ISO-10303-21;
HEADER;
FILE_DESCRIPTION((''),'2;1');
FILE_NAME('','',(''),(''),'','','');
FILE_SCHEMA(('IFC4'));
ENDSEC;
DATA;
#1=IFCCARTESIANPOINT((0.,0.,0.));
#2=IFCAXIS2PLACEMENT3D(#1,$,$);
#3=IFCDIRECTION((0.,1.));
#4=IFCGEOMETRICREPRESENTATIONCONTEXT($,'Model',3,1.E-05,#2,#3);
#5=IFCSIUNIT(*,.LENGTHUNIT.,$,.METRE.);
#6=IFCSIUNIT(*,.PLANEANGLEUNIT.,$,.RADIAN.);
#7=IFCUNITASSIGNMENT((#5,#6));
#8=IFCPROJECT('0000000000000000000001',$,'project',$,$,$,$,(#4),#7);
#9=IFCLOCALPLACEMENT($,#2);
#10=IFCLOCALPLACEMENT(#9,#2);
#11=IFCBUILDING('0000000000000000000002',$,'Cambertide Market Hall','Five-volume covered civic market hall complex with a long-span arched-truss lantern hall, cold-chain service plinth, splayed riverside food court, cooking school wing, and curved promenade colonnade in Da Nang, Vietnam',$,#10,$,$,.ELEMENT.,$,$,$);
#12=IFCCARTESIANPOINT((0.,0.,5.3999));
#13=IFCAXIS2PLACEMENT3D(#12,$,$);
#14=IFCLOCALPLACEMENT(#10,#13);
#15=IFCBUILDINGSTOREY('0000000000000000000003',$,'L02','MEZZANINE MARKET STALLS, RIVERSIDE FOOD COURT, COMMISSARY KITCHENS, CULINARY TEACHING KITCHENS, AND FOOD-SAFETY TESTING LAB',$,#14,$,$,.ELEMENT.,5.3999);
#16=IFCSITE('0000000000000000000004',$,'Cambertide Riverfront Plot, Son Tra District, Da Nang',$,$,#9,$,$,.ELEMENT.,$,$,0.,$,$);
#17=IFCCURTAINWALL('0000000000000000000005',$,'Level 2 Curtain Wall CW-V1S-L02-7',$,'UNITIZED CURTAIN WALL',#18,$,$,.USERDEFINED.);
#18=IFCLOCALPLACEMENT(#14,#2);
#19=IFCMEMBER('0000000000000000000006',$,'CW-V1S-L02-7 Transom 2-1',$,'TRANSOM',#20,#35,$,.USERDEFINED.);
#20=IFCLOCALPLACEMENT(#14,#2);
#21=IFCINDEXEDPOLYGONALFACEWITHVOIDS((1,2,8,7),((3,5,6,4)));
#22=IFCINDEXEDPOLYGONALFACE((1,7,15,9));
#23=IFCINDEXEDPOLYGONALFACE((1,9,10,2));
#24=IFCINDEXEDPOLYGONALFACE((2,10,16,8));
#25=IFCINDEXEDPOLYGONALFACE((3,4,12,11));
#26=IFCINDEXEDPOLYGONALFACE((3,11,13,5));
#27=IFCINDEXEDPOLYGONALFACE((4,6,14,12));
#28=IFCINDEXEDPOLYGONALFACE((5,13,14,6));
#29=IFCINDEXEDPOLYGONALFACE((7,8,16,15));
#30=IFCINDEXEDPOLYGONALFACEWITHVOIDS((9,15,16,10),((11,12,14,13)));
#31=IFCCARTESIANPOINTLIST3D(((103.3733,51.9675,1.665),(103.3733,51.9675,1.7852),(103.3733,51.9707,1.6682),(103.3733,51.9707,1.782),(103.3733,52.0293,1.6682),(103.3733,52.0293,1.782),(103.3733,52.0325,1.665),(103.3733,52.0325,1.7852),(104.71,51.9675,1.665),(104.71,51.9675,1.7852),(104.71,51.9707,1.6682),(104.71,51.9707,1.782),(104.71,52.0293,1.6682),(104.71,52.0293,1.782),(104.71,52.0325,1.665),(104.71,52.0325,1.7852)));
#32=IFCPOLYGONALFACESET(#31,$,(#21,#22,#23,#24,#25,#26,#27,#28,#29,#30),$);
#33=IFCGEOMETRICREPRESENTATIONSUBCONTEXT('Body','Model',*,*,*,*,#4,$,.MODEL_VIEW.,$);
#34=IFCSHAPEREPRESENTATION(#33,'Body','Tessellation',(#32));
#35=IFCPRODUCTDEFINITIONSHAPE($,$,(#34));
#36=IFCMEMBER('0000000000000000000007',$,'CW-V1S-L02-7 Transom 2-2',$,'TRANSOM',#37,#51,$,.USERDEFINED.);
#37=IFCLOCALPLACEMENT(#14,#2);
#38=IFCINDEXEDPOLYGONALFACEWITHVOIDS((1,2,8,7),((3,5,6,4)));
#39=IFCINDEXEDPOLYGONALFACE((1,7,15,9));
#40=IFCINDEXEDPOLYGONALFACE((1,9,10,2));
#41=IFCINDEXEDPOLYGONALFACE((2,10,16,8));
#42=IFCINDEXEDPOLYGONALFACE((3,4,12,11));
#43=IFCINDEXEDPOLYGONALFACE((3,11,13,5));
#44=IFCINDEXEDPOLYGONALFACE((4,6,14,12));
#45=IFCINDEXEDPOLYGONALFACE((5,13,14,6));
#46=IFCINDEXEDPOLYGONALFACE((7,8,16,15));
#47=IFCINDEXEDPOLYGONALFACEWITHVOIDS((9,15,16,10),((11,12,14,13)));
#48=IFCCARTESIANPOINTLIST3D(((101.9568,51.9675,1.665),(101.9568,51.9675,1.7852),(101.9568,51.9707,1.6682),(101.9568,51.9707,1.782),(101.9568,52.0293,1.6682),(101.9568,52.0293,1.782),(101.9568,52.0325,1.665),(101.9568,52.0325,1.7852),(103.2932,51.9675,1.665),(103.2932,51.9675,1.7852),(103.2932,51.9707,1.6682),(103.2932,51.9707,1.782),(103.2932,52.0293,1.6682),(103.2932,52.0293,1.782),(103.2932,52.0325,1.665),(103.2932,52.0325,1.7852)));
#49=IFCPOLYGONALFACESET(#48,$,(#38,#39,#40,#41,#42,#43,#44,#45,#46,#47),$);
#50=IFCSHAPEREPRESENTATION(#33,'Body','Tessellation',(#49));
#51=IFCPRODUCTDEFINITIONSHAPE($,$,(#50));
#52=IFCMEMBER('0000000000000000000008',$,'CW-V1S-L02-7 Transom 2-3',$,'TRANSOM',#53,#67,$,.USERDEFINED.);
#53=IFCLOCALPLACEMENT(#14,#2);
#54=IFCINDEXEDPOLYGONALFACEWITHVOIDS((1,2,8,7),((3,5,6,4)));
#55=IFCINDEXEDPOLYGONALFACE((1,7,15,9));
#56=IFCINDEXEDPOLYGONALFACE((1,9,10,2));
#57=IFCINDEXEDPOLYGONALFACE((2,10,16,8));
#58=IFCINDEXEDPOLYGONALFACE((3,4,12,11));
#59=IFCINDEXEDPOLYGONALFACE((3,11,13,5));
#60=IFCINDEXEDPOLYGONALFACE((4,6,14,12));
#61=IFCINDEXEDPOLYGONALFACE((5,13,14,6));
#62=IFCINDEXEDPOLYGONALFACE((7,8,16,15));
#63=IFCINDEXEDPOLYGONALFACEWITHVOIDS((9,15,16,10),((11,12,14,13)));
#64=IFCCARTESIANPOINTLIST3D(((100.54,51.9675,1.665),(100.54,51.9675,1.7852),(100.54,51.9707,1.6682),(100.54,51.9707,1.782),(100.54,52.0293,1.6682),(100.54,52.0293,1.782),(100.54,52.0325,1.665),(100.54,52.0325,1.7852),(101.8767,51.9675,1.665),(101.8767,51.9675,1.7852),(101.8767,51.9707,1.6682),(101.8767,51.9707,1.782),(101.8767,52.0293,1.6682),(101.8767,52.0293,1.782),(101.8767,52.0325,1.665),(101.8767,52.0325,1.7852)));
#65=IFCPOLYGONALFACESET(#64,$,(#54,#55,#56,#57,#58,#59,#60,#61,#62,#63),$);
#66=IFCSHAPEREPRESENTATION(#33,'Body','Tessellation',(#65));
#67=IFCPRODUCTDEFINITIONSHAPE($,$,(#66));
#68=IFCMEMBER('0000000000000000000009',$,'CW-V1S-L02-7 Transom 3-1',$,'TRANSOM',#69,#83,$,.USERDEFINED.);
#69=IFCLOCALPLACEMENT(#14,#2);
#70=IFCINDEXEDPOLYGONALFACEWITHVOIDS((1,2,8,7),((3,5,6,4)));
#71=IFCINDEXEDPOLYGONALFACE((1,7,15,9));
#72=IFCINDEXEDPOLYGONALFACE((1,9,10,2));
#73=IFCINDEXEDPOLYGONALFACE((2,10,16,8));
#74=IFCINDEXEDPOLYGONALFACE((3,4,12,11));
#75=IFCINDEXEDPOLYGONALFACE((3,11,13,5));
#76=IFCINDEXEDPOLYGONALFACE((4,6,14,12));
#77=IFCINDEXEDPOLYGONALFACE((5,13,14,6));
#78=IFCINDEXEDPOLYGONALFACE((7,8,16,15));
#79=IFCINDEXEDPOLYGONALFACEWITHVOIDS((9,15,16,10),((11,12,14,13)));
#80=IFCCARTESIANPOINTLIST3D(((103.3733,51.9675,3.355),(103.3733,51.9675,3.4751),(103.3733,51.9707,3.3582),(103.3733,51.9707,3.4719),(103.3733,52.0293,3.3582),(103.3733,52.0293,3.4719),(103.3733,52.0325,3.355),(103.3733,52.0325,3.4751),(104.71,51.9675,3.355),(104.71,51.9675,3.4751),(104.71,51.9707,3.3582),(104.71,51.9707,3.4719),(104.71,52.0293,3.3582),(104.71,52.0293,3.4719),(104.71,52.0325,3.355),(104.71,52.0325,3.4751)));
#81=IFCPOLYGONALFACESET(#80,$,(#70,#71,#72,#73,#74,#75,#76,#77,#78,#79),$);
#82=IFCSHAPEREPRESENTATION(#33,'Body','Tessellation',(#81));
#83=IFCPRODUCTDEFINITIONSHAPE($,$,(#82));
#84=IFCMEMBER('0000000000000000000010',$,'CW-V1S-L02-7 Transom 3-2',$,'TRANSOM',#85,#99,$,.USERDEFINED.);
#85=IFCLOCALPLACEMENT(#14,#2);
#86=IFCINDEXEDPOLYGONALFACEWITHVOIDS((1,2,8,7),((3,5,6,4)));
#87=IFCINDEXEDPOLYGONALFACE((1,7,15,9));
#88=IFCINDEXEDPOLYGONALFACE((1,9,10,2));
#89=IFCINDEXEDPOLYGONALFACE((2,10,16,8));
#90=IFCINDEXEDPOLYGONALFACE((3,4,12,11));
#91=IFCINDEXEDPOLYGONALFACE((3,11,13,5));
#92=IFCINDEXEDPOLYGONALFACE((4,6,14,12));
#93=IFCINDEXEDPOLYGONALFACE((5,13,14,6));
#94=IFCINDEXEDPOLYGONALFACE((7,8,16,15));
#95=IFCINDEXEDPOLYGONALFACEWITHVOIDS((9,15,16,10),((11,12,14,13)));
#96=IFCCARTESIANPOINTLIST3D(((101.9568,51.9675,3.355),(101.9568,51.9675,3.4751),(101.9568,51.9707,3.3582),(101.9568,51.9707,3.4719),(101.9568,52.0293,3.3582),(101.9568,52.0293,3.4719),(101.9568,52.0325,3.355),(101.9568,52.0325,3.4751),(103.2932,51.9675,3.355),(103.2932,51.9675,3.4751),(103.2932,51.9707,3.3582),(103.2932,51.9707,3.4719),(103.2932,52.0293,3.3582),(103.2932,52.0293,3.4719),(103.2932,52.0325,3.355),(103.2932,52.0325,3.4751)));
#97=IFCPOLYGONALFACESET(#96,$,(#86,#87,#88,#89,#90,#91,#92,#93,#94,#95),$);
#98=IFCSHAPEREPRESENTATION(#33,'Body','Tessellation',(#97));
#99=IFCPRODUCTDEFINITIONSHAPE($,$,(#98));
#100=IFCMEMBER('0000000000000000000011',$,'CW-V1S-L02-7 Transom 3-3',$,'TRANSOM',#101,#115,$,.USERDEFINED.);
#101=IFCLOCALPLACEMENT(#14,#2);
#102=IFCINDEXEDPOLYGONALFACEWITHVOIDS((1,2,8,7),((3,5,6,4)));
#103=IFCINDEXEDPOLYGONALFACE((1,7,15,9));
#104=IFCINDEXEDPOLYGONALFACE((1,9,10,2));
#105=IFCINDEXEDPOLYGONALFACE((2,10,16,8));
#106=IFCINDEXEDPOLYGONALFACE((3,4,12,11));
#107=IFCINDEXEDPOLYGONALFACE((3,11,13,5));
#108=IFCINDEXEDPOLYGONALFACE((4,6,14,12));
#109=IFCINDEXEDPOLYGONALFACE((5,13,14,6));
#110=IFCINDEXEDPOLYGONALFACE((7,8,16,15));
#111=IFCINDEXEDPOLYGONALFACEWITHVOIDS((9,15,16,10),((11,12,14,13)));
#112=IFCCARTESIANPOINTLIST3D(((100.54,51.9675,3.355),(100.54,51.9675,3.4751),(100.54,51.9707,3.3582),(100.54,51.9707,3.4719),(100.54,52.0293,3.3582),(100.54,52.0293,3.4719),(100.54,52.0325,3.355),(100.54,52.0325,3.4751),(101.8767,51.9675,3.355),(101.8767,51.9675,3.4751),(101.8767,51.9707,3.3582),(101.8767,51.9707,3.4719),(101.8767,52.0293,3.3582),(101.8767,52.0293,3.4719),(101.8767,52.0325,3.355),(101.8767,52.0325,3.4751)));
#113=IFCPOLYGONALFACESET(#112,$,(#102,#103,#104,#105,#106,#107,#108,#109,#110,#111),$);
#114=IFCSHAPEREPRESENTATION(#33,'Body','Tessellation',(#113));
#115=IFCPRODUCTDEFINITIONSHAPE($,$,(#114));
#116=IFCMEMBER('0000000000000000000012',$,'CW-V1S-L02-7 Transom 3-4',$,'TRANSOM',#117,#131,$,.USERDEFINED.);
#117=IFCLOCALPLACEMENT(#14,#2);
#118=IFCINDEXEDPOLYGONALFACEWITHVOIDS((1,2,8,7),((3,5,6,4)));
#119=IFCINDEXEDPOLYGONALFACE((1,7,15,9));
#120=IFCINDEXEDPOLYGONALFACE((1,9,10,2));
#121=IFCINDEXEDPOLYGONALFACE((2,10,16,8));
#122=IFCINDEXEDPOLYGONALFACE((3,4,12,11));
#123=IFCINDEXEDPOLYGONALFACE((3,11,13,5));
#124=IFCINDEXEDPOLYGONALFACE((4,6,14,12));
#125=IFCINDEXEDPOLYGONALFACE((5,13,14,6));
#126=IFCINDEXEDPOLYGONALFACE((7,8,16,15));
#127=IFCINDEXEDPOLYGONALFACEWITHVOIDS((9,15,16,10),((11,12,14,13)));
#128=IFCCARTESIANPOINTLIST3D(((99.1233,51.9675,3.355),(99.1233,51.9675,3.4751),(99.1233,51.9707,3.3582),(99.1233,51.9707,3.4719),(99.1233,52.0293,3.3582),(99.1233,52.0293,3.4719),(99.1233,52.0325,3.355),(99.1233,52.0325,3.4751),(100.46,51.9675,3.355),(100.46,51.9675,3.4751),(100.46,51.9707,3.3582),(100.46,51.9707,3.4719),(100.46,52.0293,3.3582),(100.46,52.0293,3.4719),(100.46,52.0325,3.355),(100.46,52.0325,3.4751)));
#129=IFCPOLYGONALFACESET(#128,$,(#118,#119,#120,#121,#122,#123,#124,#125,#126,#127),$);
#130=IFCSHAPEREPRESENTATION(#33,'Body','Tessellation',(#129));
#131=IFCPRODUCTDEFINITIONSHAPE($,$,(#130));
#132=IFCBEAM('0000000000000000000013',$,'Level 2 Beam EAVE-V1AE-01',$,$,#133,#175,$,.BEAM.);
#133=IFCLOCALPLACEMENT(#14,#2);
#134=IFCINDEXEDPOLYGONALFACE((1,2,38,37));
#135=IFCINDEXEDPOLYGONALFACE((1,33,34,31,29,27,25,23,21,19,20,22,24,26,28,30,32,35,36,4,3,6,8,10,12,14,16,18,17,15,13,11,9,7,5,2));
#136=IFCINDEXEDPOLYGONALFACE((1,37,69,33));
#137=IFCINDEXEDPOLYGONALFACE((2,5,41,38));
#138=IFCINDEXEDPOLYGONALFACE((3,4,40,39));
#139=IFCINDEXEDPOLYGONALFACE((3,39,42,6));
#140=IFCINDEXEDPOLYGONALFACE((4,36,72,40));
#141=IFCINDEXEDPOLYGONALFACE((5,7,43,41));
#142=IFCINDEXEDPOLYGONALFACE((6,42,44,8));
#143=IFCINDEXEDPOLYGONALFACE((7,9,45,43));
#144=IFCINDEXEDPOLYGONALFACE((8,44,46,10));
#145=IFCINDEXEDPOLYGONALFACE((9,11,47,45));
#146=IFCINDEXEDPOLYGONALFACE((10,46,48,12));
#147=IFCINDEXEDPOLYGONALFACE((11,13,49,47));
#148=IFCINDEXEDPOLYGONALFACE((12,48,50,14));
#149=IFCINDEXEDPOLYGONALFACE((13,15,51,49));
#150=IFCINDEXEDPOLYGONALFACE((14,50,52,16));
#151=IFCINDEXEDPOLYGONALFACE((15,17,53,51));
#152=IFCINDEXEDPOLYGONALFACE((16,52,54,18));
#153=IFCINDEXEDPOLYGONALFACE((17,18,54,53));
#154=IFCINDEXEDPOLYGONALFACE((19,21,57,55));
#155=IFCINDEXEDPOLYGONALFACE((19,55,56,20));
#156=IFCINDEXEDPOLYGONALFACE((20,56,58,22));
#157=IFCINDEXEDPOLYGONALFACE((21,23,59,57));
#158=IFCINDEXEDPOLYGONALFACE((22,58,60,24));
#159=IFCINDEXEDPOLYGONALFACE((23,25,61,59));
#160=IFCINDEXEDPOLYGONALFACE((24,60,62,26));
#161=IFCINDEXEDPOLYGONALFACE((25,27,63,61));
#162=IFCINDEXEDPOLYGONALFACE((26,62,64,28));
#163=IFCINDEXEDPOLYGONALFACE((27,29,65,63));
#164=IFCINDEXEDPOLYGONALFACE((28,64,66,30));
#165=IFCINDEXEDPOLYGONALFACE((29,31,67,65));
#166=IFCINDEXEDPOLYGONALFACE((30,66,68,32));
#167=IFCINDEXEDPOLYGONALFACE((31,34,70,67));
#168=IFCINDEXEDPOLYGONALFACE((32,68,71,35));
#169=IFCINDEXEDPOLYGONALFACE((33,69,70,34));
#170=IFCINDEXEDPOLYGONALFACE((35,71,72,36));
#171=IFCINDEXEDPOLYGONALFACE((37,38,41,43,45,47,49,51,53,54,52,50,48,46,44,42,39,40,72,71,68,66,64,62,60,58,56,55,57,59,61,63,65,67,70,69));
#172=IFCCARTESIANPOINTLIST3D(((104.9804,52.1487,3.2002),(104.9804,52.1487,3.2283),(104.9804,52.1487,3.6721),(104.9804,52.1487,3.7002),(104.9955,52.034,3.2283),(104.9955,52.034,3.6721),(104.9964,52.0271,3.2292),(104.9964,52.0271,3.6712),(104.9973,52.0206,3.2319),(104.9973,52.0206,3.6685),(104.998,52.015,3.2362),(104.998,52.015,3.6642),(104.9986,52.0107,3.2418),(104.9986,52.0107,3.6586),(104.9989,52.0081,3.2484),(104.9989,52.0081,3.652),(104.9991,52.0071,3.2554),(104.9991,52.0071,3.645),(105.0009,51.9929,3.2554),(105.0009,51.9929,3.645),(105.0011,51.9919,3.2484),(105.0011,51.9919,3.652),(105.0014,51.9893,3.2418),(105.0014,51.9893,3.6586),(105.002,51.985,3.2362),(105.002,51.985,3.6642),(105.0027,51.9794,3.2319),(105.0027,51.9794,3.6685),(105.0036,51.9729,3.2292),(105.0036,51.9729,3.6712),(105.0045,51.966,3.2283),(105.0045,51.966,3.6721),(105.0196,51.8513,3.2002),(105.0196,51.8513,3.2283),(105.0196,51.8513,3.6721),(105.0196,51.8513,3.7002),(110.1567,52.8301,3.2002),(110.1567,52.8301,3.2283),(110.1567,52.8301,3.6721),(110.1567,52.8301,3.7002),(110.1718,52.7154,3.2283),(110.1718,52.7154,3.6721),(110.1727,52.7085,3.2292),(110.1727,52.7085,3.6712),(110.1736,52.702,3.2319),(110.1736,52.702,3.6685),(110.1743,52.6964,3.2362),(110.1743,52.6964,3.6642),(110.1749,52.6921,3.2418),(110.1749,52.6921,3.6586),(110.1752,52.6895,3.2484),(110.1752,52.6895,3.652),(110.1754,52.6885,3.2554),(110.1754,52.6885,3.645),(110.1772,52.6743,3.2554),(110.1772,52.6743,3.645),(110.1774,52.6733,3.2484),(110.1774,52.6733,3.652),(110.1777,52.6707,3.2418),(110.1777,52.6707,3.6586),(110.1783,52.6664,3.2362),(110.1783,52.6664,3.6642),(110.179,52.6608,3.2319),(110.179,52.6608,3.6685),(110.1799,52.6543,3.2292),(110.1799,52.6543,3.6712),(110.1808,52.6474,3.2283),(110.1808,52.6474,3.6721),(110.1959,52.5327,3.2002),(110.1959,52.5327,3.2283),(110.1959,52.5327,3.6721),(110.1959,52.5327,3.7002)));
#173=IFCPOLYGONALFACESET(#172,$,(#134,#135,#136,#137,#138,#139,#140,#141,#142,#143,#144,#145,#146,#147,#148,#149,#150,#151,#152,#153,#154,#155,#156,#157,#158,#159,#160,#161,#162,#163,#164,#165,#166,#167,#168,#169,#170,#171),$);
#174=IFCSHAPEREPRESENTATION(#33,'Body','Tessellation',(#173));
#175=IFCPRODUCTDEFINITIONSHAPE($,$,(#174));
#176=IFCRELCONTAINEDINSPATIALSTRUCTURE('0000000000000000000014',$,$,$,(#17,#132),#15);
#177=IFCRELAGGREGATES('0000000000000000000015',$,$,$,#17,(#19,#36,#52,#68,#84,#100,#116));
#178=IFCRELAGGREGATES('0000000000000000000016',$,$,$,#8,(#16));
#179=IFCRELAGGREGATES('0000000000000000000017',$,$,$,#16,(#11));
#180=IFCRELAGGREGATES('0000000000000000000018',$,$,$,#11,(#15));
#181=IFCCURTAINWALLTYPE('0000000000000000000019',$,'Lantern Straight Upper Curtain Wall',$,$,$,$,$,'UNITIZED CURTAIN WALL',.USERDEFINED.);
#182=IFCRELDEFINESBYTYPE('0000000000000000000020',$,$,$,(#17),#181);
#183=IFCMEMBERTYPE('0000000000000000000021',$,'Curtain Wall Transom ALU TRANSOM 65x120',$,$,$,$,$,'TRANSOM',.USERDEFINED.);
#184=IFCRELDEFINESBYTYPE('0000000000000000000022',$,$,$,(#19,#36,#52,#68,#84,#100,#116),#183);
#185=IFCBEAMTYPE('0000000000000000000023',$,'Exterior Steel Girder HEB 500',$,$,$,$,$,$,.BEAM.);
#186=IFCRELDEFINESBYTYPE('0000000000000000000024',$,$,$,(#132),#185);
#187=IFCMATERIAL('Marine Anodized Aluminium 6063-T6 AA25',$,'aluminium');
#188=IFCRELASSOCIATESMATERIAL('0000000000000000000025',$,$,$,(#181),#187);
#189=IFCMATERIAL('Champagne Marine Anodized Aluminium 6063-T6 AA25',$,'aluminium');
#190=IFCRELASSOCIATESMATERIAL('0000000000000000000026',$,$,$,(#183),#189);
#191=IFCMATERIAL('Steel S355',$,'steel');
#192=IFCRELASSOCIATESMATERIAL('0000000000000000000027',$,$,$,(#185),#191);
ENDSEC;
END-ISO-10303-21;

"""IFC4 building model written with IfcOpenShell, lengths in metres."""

from ifc_helpers import new_model, si_unit, direction, frame, origin, origin_2d, place, context, subcontext, project, spatial, hollow_rectangle, i_section, extrude, material, material_profile, profile_set, type_object, element, aggregate, save


model = new_model("IFC4")

# Units and contexts
model_context = context("Model", 3, precision=1e-05, world=origin(), true_north=direction((0.0, 1.0)))
body_context = subcontext(model_context, "Body", "Model", "MODEL_VIEW")
ifc_project = project(units=[si_unit("LENGTHUNIT", "METRE"), si_unit("PLANEANGLEUNIT", "RADIAN")], contexts=[model_context])

# Site, building, storey
site_placement = place(None, origin())
site = spatial("IfcSite", under=ifc_project, at=site_placement, Name="Cambertide Riverfront Plot, Son Tra District, Da Nang", CompositionType="ELEMENT", RefElevation=0.0)
building_placement = place(site_placement, origin())
building = spatial("IfcBuilding", under=site, at=building_placement, Name="Cambertide Market Hall", Description="Five-volume covered civic market hall complex with a long-span arched-truss lantern hall, cold-chain service plinth, splayed riverside food court, cooking school wing, and curved promenade colonnade in Da Nang, Vietnam", CompositionType="ELEMENT")
storey_placement = place(building_placement, frame((0.0, 0.0, 5.3999)))
storey = spatial("IfcBuildingStorey", under=building, at=storey_placement, Name="L02", Description="MEZZANINE MARKET STALLS, RIVERSIDE FOOD COURT, COMMISSARY KITCHENS, CULINARY TEACHING KITCHENS, AND FOOD-SAFETY TESTING LAB", CompositionType="ELEMENT", Elevation=5.3999)

# Curtain wall, members
ifc_material_1 = material(Name="Marine Anodized Aluminium 6063-T6 AA25", Category="aluminium")
curtain_wall_type_1 = type_object("IfcCurtainWallType", Name="Lantern Straight Upper Curtain Wall", ElementType="UNITIZED CURTAIN WALL", PredefinedType="USERDEFINED", material=ifc_material_1)
curtain_wall_1_placement = place(storey_placement, origin())
curtain_wall_1 = element("IfcCurtainWall", 1, at=curtain_wall_1_placement, inside=storey, type_object=curtain_wall_type_1, Name="Level 2 Curtain Wall CW-V1S-L02-7", ObjectType="UNITIZED CURTAIN WALL", PredefinedType="USERDEFINED")
ifc_material_2 = material(Name="Champagne Marine Anodized Aluminium 6063-T6 AA25", Category="aluminium")
ifc_material_profile_1 = material_profile(ifc_material_2, hollow_rectangle(XDim=0.0649, YDim=0.1201, WallThickness=0.0032, at=origin_2d()), Name="ALU TRANSOM 65x120")
ifc_profile_set_1 = profile_set([ifc_material_profile_1], Name="Champagne Marine Anodized Aluminium 6063-T6 AA25")
member_type_1 = type_object("IfcMemberType", Name="Curtain Wall Transom ALU TRANSOM 65x120", ElementType="TRANSOM", PredefinedType="USERDEFINED", material=ifc_profile_set_1)
member_1_placement = place(storey_placement, frame((104.71, 52.0, 1.7251), z_axis=(-1.0, 0.0, 0.0), x_axis=(0.0, -1.0, 0.0)))
member_1 = element("IfcMember", 2, at=member_1_placement, type_object=member_type_1, Name="CW-V1S-L02-7 Transom 2-1", ObjectType="TRANSOM", PredefinedType="USERDEFINED", context=body_context, shape_type="SweptSolid", body=[
    extrude(hollow_rectangle(XDim=0.0649, YDim=0.1201, WallThickness=0.0032, at=origin_2d()), origin(), (0.0, 0.0, 1.0), 1.3367),
])
member_2_placement = place(storey_placement, frame((103.2932, 52.0, 1.7251), z_axis=(-1.0, 0.0, 0.0), x_axis=(0.0, -1.0, 0.0)))
member_2 = element("IfcMember", 3, at=member_2_placement, type_object=member_type_1, Name="CW-V1S-L02-7 Transom 2-2", ObjectType="TRANSOM", PredefinedType="USERDEFINED", context=body_context, shape_type="SweptSolid", body=[
    extrude(hollow_rectangle(XDim=0.0649, YDim=0.1201, WallThickness=0.0032, at=origin_2d()), origin(), (0.0, 0.0, 1.0), 1.3364),
])
member_3_placement = place(storey_placement, frame((101.8767, 52.0, 1.7251), z_axis=(-1.0, 0.0, 0.0), x_axis=(0.0, -1.0, 0.0)))
member_3 = element("IfcMember", 4, at=member_3_placement, type_object=member_type_1, Name="CW-V1S-L02-7 Transom 2-3", ObjectType="TRANSOM", PredefinedType="USERDEFINED", context=body_context, shape_type="SweptSolid", body=[
    extrude(hollow_rectangle(XDim=0.0649, YDim=0.1201, WallThickness=0.0032, at=origin_2d()), origin(), (0.0, 0.0, 1.0), 1.3367),
])
member_4_placement = place(storey_placement, frame((104.71, 52.0, 3.415), z_axis=(-1.0, 0.0, 0.0), x_axis=(0.0, -1.0, 0.0)))
member_4 = element("IfcMember", 5, at=member_4_placement, type_object=member_type_1, Name="CW-V1S-L02-7 Transom 3-1", ObjectType="TRANSOM", PredefinedType="USERDEFINED", context=body_context, shape_type="SweptSolid", body=[
    extrude(hollow_rectangle(XDim=0.0649, YDim=0.1201, WallThickness=0.0032, at=origin_2d()), origin(), (0.0, 0.0, 1.0), 1.3367),
])
member_5_placement = place(storey_placement, frame((103.2932, 52.0, 3.415), z_axis=(-1.0, 0.0, 0.0), x_axis=(0.0, -1.0, 0.0)))
member_5 = element("IfcMember", 6, at=member_5_placement, type_object=member_type_1, Name="CW-V1S-L02-7 Transom 3-2", ObjectType="TRANSOM", PredefinedType="USERDEFINED", context=body_context, shape_type="SweptSolid", body=[
    extrude(hollow_rectangle(XDim=0.0649, YDim=0.1201, WallThickness=0.0032, at=origin_2d()), origin(), (0.0, 0.0, 1.0), 1.3364),
])
member_6_placement = place(storey_placement, frame((101.8767, 52.0, 3.415), z_axis=(-1.0, 0.0, 0.0), x_axis=(0.0, -1.0, 0.0)))
member_6 = element("IfcMember", 7, at=member_6_placement, type_object=member_type_1, Name="CW-V1S-L02-7 Transom 3-3", ObjectType="TRANSOM", PredefinedType="USERDEFINED", context=body_context, shape_type="SweptSolid", body=[
    extrude(hollow_rectangle(XDim=0.0649, YDim=0.1201, WallThickness=0.0032, at=origin_2d()), origin(), (0.0, 0.0, 1.0), 1.3367),
])
member_7_placement = place(storey_placement, frame((100.46, 52.0, 3.415), z_axis=(-1.0, 0.0, 0.0), x_axis=(0.0, -1.0, 0.0)))
member_7 = element("IfcMember", 8, at=member_7_placement, type_object=member_type_1, Name="CW-V1S-L02-7 Transom 3-4", ObjectType="TRANSOM", PredefinedType="USERDEFINED", context=body_context, shape_type="SweptSolid", body=[
    extrude(hollow_rectangle(XDim=0.0649, YDim=0.1201, WallThickness=0.0032, at=origin_2d()), origin(), (0.0, 0.0, 1.0), 1.3367),
])

# Beam
ifc_material_3 = material(Name="Steel S355", Category="steel")
ifc_material_profile_2 = material_profile(ifc_material_3, i_section(OverallWidth=0.3, OverallDepth=0.5, WebThickness=0.0144, FlangeThickness=0.0281, FilletRadius=0.0271, at=origin_2d()), Name="HEB 500")
ifc_profile_set_2 = profile_set([ifc_material_profile_2], Name="Steel S355")
beam_type_1 = type_object("IfcBeamType", Name="Exterior Steel Girder HEB 500", PredefinedType="BEAM", material=ifc_profile_set_2)
beam_1_placement = place(storey_placement, frame((105.0, 52.0, 3.4502), z_axis=(0.991447, 0.130513, 0.0), x_axis=(-0.130513, 0.991447, 0.0)))
element("IfcBeam", 9, at=beam_1_placement, inside=storey, type_object=beam_type_1, Name="Level 2 Beam EAVE-V1AE-01", PredefinedType="BEAM", context=body_context, shape_type="SweptSolid", body=[
    extrude(i_section(OverallWidth=0.3, OverallDepth=0.5, WebThickness=0.0144, FlangeThickness=0.0281, FilletRadius=0.0271, at=origin_2d()), origin(), (0.0, 0.0, 1.0), 5.2209),
])

aggregate(curtain_wall_1, [member_1, member_2, member_3, member_4, member_5, member_6, member_7])

save(model, "model.ifc")
